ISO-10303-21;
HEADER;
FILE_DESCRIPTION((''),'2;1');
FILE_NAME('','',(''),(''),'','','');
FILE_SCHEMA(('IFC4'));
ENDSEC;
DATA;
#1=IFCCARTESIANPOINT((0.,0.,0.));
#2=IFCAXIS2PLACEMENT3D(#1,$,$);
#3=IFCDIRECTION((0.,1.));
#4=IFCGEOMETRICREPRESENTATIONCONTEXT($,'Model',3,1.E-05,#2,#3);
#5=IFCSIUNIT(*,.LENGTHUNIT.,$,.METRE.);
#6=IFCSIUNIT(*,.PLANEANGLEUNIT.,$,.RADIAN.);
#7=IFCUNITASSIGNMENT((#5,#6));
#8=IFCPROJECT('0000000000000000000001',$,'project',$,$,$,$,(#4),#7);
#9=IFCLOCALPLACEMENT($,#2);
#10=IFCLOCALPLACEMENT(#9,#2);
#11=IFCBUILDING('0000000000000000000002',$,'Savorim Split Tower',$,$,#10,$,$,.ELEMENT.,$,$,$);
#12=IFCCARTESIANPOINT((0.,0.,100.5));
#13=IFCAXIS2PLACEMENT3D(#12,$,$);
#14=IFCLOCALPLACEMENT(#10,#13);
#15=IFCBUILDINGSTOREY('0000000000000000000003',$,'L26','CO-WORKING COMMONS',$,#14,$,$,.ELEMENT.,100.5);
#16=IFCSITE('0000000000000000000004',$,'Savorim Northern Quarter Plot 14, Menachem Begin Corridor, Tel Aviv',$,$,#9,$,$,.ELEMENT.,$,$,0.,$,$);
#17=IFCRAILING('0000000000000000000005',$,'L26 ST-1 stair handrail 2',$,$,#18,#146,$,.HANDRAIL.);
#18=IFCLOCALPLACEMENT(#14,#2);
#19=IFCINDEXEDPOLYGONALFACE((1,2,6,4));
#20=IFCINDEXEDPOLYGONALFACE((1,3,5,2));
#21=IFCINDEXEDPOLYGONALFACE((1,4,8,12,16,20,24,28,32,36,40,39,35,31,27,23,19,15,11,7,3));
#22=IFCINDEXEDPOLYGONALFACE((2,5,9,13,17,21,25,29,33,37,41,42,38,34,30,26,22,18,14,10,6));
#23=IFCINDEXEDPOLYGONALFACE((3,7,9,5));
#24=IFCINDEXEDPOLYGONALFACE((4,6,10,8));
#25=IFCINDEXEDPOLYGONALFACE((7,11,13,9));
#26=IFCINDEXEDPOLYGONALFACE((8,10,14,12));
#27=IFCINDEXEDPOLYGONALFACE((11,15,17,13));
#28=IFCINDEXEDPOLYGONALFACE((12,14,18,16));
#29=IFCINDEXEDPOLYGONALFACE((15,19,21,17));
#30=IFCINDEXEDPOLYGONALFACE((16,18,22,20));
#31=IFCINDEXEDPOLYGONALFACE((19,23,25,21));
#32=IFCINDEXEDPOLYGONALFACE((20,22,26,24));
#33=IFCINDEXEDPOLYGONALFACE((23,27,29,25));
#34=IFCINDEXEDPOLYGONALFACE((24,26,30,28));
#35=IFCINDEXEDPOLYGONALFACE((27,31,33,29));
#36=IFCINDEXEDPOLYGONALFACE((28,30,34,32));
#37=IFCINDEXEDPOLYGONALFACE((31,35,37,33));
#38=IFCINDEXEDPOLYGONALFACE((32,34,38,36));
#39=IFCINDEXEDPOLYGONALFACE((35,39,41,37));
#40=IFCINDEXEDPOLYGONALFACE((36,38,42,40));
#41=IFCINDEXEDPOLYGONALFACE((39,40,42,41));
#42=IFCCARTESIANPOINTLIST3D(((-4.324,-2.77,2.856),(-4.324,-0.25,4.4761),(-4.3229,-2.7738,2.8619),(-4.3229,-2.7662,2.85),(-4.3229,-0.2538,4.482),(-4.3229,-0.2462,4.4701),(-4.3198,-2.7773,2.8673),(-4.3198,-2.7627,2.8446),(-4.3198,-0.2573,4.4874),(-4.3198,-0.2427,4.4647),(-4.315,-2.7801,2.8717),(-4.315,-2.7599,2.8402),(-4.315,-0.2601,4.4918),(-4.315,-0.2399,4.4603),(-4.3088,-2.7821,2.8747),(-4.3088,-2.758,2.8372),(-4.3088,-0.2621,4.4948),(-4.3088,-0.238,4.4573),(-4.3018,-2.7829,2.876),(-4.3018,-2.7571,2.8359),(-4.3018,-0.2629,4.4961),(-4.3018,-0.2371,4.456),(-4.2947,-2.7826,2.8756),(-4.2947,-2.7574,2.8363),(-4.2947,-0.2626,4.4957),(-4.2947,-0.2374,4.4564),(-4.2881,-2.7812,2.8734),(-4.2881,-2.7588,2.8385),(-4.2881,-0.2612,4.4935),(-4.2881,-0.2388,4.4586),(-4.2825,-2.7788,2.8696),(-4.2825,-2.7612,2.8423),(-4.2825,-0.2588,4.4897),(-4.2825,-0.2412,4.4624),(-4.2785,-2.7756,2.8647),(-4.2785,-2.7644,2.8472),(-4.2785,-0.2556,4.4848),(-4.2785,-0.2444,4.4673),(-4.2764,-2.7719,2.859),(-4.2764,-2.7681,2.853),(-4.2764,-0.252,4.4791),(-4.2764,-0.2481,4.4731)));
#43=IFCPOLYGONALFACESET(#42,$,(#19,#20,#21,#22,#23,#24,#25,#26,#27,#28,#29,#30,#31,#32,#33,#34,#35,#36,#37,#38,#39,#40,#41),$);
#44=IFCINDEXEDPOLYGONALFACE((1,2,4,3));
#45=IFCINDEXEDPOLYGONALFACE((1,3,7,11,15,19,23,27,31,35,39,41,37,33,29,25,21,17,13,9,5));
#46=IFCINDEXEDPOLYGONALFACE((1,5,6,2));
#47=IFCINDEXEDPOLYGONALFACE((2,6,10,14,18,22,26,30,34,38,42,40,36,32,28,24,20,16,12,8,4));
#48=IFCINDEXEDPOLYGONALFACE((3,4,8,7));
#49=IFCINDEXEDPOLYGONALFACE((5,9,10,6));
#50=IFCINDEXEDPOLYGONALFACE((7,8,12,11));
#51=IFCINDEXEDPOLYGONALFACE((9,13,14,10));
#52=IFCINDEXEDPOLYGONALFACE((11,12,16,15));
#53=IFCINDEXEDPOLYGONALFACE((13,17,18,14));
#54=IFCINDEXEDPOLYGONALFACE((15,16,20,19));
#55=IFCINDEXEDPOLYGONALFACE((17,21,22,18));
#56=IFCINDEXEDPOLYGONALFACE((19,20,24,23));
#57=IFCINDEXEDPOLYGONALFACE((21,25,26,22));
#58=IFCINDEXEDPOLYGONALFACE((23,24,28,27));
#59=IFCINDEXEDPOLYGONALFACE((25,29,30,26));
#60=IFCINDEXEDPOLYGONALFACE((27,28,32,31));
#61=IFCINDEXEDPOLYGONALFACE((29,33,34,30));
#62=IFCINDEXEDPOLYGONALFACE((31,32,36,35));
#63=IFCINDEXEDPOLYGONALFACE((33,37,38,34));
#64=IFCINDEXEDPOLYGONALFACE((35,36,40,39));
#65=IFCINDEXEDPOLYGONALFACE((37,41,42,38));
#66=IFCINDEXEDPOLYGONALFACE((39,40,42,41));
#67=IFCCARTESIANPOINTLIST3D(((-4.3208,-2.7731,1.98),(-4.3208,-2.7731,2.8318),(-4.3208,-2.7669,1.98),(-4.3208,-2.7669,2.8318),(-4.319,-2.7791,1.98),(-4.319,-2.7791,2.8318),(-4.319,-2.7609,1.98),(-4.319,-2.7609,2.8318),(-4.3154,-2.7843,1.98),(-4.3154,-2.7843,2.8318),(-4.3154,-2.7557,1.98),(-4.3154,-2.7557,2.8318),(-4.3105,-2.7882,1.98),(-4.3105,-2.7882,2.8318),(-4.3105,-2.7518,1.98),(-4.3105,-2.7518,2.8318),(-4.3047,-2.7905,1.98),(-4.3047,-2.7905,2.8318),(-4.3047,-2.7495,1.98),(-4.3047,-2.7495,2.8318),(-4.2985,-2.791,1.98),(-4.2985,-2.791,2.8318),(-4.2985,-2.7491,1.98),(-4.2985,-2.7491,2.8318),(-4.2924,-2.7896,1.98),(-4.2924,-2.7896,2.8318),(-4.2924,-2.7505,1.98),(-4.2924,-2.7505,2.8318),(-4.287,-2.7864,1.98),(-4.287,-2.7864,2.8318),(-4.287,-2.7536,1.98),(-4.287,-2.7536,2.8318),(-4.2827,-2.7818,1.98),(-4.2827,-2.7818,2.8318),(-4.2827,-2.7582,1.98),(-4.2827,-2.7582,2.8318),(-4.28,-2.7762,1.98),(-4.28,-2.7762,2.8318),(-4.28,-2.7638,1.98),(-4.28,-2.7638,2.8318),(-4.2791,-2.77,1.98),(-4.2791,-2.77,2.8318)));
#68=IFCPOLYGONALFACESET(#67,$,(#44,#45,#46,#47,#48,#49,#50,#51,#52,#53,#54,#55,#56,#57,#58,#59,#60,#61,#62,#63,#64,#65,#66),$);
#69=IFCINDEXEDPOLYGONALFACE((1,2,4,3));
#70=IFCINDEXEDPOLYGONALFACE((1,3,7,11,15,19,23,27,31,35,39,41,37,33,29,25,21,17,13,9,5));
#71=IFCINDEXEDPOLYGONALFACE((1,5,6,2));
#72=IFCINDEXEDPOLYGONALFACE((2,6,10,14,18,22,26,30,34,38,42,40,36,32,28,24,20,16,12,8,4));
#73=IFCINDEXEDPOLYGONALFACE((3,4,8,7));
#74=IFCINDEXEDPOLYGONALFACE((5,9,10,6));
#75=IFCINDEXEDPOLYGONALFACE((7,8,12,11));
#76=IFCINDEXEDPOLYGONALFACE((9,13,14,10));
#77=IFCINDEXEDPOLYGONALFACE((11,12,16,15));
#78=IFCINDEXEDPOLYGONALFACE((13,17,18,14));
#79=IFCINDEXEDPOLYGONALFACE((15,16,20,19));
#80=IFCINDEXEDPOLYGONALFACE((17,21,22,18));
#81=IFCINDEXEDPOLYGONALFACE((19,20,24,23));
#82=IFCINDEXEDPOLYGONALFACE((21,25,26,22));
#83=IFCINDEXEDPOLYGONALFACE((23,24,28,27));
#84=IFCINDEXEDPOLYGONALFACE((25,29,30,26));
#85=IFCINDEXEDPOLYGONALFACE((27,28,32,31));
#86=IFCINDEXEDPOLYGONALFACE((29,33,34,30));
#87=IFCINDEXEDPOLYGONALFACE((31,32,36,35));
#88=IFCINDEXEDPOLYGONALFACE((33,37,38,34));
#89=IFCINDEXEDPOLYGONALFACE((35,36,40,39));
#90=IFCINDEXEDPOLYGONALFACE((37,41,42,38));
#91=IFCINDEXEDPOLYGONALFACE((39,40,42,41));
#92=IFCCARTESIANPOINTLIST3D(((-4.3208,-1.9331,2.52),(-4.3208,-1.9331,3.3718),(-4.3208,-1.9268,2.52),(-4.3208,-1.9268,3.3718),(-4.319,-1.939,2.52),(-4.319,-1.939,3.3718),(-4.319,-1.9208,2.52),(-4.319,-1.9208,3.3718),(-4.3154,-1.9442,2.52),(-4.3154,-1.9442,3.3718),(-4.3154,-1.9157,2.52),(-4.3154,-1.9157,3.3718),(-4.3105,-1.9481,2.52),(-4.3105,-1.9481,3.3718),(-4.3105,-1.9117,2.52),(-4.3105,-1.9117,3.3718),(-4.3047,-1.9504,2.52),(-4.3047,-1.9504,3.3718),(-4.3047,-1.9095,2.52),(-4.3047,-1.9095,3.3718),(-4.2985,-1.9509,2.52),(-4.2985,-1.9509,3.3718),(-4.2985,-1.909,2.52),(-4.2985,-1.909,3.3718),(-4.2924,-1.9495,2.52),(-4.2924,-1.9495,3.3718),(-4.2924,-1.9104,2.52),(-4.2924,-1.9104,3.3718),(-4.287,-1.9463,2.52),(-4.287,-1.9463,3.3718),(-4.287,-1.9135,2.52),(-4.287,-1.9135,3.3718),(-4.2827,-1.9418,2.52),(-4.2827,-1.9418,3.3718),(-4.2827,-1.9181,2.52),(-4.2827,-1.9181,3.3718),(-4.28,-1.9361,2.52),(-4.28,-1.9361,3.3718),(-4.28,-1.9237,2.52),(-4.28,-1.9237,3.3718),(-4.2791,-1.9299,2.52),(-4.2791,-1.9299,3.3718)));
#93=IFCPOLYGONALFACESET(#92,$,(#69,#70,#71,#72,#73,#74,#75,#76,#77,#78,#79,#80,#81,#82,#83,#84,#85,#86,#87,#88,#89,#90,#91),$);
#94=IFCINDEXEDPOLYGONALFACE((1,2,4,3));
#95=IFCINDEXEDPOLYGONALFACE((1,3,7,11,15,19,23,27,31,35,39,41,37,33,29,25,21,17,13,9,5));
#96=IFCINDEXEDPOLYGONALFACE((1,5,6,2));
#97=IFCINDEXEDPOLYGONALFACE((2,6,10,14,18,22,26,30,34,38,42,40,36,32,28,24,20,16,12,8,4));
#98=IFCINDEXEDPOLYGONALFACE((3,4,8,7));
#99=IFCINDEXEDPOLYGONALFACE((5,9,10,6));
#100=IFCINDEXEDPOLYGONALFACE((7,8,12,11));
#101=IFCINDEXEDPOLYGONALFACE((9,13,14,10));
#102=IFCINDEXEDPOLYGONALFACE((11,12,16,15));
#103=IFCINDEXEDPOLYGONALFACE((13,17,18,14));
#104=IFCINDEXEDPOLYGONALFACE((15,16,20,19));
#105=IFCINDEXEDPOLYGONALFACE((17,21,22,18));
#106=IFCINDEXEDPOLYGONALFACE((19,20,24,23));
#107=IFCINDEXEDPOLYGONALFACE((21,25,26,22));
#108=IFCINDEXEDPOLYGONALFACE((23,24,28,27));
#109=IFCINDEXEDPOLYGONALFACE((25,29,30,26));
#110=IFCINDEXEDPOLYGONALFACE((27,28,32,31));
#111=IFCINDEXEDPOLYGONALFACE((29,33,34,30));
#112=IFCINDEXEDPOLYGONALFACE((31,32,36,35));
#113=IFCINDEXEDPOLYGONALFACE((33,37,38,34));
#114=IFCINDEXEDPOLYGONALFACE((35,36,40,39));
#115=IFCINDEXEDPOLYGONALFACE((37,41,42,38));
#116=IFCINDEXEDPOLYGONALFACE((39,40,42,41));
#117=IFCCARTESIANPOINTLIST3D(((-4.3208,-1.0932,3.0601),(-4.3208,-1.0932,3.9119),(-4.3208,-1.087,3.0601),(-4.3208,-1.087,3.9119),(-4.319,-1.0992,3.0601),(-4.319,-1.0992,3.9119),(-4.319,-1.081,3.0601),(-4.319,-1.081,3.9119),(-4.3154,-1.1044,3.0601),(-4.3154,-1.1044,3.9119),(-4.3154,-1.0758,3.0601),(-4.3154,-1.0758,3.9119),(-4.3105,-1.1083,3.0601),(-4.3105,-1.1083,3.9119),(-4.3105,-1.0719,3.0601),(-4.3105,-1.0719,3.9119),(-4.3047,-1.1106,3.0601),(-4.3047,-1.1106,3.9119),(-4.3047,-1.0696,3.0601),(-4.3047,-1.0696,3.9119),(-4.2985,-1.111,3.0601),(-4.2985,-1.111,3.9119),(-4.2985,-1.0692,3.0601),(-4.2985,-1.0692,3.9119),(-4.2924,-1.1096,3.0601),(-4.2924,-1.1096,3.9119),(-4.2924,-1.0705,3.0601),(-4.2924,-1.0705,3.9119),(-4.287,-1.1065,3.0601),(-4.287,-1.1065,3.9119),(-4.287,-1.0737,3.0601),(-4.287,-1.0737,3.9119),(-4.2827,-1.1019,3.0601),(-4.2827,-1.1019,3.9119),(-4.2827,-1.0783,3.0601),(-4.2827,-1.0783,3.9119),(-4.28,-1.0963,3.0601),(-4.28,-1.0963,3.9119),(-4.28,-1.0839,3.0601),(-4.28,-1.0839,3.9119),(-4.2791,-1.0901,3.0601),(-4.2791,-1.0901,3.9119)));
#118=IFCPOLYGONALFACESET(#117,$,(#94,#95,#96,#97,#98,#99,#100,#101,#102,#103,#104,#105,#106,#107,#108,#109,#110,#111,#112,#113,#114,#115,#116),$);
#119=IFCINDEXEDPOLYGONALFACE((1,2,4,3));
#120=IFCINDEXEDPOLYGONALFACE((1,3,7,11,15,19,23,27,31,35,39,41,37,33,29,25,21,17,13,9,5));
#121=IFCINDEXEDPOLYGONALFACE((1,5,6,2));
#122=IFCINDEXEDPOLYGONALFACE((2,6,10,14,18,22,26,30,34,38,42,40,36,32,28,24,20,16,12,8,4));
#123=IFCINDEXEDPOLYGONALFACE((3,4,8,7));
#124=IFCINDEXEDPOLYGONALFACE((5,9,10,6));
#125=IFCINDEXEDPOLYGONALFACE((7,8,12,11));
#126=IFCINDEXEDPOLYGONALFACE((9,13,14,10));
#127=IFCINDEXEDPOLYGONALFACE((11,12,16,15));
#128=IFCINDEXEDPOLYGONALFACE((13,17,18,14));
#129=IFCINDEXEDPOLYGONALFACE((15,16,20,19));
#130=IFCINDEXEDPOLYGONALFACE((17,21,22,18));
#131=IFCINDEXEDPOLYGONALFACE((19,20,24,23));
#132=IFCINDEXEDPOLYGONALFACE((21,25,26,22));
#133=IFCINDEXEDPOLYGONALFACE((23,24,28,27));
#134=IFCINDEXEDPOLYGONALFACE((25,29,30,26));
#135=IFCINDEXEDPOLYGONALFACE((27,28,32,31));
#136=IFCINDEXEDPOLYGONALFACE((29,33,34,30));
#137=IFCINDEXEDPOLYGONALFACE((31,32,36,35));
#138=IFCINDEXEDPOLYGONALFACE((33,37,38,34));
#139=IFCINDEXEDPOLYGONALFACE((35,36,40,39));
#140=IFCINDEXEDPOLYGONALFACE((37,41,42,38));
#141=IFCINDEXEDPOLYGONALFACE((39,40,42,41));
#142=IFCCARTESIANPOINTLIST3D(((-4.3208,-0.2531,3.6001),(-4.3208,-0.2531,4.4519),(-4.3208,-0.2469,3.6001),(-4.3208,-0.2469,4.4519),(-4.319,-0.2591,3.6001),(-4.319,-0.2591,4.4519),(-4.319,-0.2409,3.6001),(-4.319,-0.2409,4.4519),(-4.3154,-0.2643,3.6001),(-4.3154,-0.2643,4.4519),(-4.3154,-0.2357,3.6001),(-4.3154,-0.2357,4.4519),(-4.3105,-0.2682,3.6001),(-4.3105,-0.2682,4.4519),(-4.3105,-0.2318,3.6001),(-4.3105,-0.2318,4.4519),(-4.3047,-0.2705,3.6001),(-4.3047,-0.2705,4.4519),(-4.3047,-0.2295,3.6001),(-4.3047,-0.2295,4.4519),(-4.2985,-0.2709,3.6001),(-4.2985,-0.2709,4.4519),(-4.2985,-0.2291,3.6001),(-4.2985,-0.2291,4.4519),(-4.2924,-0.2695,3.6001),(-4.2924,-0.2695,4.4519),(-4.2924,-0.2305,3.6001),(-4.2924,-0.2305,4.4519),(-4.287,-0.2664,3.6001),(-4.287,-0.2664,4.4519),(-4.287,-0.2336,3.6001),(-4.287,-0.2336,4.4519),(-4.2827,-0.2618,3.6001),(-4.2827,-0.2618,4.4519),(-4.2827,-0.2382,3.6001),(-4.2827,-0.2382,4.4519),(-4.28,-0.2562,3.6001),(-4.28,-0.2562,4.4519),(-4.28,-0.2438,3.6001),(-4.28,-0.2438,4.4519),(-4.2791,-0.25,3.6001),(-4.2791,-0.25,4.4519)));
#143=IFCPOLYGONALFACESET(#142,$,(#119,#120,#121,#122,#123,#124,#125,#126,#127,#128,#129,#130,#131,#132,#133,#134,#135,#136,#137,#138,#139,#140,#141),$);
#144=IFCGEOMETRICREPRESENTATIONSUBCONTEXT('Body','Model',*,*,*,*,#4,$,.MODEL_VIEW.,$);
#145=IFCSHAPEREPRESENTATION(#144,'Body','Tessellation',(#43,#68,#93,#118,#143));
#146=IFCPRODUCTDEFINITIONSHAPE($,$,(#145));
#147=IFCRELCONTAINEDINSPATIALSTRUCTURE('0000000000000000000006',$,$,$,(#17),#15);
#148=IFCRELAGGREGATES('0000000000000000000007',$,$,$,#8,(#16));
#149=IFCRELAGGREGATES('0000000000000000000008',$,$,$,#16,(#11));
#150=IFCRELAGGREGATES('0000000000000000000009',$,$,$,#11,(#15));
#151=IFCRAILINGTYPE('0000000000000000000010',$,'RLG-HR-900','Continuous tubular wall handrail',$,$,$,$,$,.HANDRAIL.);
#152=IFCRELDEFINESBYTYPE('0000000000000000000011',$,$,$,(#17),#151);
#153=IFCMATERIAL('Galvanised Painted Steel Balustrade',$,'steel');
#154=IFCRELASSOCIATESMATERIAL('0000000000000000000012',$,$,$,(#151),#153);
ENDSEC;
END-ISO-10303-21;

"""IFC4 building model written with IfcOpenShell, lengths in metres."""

from ifc_helpers import new_model, si_unit, direction, frame, origin, origin_2d, place, context, subcontext, project, spatial, circle, extrude, material, type_object, element, save


model = new_model("IFC4")

# Units and contexts
model_context = context("Model", 3, precision=1e-05, world=origin(), true_north=direction((0.0, 1.0)))
body_context = subcontext(model_context, "Body", "Model", "MODEL_VIEW")
ifc_project = project(units=[si_unit("LENGTHUNIT", "METRE"), si_unit("PLANEANGLEUNIT", "RADIAN")], contexts=[model_context])

# Site, building, storey
site_placement = place(None, origin())
site = spatial("IfcSite", under=ifc_project, at=site_placement, Name="Savorim Northern Quarter Plot 14, Menachem Begin Corridor, Tel Aviv", CompositionType="ELEMENT", RefElevation=0.0)
building_placement = place(site_placement, origin())
building = spatial("IfcBuilding", under=site, at=building_placement, Name="Savorim Split Tower", CompositionType="ELEMENT")
storey_placement = place(building_placement, frame((0.0, 0.0, 100.5)))
storey = spatial("IfcBuildingStorey", under=building, at=storey_placement, Name="L26", Description="CO-WORKING COMMONS", CompositionType="ELEMENT", Elevation=100.5)

# Railing
ifc_material_1 = material(Name="Galvanised Painted Steel Balustrade", Category="steel")
railing_type_1 = type_object("IfcRailingType", Name="RLG-HR-900", Description="Continuous tubular wall handrail", PredefinedType="HANDRAIL", material=ifc_material_1)
railing_1_placement = place(storey_placement, frame((-4.3, -2.77, 1.98)))
element("IfcRailing", 1, at=railing_1_placement, inside=storey, type_object=railing_type_1, Name="L26 ST-1 stair handrail 2", PredefinedType="HANDRAIL", context=body_context, shape_type="SweptSolid", body=[
    extrude(circle(Radius=0.0239, at=origin_2d()), frame((0.0, 0.0, 0.876), z_axis=(0.0, 0.841163, 0.540782), x_axis=(-1.0, 0.0, 0.0)), (0.0, 0.0, 1.0), 2.9958),
    extrude(circle(Radius=0.021, at=origin_2d()), origin(), (0.0, 0.0, 1.0), 0.8518),
    extrude(circle(Radius=0.021, at=origin_2d()), frame((0.0, 0.8401, 0.54)), (0.0, 0.0, 1.0), 0.8518),
    extrude(circle(Radius=0.021, at=origin_2d()), frame((0.0, 1.6799, 1.0801)), (0.0, 0.0, 1.0), 0.8518),
    extrude(circle(Radius=0.021, at=origin_2d()), frame((0.0, 2.52, 1.6201)), (0.0, 0.0, 1.0), 0.8518),
])

save(model, "model.ifc")
